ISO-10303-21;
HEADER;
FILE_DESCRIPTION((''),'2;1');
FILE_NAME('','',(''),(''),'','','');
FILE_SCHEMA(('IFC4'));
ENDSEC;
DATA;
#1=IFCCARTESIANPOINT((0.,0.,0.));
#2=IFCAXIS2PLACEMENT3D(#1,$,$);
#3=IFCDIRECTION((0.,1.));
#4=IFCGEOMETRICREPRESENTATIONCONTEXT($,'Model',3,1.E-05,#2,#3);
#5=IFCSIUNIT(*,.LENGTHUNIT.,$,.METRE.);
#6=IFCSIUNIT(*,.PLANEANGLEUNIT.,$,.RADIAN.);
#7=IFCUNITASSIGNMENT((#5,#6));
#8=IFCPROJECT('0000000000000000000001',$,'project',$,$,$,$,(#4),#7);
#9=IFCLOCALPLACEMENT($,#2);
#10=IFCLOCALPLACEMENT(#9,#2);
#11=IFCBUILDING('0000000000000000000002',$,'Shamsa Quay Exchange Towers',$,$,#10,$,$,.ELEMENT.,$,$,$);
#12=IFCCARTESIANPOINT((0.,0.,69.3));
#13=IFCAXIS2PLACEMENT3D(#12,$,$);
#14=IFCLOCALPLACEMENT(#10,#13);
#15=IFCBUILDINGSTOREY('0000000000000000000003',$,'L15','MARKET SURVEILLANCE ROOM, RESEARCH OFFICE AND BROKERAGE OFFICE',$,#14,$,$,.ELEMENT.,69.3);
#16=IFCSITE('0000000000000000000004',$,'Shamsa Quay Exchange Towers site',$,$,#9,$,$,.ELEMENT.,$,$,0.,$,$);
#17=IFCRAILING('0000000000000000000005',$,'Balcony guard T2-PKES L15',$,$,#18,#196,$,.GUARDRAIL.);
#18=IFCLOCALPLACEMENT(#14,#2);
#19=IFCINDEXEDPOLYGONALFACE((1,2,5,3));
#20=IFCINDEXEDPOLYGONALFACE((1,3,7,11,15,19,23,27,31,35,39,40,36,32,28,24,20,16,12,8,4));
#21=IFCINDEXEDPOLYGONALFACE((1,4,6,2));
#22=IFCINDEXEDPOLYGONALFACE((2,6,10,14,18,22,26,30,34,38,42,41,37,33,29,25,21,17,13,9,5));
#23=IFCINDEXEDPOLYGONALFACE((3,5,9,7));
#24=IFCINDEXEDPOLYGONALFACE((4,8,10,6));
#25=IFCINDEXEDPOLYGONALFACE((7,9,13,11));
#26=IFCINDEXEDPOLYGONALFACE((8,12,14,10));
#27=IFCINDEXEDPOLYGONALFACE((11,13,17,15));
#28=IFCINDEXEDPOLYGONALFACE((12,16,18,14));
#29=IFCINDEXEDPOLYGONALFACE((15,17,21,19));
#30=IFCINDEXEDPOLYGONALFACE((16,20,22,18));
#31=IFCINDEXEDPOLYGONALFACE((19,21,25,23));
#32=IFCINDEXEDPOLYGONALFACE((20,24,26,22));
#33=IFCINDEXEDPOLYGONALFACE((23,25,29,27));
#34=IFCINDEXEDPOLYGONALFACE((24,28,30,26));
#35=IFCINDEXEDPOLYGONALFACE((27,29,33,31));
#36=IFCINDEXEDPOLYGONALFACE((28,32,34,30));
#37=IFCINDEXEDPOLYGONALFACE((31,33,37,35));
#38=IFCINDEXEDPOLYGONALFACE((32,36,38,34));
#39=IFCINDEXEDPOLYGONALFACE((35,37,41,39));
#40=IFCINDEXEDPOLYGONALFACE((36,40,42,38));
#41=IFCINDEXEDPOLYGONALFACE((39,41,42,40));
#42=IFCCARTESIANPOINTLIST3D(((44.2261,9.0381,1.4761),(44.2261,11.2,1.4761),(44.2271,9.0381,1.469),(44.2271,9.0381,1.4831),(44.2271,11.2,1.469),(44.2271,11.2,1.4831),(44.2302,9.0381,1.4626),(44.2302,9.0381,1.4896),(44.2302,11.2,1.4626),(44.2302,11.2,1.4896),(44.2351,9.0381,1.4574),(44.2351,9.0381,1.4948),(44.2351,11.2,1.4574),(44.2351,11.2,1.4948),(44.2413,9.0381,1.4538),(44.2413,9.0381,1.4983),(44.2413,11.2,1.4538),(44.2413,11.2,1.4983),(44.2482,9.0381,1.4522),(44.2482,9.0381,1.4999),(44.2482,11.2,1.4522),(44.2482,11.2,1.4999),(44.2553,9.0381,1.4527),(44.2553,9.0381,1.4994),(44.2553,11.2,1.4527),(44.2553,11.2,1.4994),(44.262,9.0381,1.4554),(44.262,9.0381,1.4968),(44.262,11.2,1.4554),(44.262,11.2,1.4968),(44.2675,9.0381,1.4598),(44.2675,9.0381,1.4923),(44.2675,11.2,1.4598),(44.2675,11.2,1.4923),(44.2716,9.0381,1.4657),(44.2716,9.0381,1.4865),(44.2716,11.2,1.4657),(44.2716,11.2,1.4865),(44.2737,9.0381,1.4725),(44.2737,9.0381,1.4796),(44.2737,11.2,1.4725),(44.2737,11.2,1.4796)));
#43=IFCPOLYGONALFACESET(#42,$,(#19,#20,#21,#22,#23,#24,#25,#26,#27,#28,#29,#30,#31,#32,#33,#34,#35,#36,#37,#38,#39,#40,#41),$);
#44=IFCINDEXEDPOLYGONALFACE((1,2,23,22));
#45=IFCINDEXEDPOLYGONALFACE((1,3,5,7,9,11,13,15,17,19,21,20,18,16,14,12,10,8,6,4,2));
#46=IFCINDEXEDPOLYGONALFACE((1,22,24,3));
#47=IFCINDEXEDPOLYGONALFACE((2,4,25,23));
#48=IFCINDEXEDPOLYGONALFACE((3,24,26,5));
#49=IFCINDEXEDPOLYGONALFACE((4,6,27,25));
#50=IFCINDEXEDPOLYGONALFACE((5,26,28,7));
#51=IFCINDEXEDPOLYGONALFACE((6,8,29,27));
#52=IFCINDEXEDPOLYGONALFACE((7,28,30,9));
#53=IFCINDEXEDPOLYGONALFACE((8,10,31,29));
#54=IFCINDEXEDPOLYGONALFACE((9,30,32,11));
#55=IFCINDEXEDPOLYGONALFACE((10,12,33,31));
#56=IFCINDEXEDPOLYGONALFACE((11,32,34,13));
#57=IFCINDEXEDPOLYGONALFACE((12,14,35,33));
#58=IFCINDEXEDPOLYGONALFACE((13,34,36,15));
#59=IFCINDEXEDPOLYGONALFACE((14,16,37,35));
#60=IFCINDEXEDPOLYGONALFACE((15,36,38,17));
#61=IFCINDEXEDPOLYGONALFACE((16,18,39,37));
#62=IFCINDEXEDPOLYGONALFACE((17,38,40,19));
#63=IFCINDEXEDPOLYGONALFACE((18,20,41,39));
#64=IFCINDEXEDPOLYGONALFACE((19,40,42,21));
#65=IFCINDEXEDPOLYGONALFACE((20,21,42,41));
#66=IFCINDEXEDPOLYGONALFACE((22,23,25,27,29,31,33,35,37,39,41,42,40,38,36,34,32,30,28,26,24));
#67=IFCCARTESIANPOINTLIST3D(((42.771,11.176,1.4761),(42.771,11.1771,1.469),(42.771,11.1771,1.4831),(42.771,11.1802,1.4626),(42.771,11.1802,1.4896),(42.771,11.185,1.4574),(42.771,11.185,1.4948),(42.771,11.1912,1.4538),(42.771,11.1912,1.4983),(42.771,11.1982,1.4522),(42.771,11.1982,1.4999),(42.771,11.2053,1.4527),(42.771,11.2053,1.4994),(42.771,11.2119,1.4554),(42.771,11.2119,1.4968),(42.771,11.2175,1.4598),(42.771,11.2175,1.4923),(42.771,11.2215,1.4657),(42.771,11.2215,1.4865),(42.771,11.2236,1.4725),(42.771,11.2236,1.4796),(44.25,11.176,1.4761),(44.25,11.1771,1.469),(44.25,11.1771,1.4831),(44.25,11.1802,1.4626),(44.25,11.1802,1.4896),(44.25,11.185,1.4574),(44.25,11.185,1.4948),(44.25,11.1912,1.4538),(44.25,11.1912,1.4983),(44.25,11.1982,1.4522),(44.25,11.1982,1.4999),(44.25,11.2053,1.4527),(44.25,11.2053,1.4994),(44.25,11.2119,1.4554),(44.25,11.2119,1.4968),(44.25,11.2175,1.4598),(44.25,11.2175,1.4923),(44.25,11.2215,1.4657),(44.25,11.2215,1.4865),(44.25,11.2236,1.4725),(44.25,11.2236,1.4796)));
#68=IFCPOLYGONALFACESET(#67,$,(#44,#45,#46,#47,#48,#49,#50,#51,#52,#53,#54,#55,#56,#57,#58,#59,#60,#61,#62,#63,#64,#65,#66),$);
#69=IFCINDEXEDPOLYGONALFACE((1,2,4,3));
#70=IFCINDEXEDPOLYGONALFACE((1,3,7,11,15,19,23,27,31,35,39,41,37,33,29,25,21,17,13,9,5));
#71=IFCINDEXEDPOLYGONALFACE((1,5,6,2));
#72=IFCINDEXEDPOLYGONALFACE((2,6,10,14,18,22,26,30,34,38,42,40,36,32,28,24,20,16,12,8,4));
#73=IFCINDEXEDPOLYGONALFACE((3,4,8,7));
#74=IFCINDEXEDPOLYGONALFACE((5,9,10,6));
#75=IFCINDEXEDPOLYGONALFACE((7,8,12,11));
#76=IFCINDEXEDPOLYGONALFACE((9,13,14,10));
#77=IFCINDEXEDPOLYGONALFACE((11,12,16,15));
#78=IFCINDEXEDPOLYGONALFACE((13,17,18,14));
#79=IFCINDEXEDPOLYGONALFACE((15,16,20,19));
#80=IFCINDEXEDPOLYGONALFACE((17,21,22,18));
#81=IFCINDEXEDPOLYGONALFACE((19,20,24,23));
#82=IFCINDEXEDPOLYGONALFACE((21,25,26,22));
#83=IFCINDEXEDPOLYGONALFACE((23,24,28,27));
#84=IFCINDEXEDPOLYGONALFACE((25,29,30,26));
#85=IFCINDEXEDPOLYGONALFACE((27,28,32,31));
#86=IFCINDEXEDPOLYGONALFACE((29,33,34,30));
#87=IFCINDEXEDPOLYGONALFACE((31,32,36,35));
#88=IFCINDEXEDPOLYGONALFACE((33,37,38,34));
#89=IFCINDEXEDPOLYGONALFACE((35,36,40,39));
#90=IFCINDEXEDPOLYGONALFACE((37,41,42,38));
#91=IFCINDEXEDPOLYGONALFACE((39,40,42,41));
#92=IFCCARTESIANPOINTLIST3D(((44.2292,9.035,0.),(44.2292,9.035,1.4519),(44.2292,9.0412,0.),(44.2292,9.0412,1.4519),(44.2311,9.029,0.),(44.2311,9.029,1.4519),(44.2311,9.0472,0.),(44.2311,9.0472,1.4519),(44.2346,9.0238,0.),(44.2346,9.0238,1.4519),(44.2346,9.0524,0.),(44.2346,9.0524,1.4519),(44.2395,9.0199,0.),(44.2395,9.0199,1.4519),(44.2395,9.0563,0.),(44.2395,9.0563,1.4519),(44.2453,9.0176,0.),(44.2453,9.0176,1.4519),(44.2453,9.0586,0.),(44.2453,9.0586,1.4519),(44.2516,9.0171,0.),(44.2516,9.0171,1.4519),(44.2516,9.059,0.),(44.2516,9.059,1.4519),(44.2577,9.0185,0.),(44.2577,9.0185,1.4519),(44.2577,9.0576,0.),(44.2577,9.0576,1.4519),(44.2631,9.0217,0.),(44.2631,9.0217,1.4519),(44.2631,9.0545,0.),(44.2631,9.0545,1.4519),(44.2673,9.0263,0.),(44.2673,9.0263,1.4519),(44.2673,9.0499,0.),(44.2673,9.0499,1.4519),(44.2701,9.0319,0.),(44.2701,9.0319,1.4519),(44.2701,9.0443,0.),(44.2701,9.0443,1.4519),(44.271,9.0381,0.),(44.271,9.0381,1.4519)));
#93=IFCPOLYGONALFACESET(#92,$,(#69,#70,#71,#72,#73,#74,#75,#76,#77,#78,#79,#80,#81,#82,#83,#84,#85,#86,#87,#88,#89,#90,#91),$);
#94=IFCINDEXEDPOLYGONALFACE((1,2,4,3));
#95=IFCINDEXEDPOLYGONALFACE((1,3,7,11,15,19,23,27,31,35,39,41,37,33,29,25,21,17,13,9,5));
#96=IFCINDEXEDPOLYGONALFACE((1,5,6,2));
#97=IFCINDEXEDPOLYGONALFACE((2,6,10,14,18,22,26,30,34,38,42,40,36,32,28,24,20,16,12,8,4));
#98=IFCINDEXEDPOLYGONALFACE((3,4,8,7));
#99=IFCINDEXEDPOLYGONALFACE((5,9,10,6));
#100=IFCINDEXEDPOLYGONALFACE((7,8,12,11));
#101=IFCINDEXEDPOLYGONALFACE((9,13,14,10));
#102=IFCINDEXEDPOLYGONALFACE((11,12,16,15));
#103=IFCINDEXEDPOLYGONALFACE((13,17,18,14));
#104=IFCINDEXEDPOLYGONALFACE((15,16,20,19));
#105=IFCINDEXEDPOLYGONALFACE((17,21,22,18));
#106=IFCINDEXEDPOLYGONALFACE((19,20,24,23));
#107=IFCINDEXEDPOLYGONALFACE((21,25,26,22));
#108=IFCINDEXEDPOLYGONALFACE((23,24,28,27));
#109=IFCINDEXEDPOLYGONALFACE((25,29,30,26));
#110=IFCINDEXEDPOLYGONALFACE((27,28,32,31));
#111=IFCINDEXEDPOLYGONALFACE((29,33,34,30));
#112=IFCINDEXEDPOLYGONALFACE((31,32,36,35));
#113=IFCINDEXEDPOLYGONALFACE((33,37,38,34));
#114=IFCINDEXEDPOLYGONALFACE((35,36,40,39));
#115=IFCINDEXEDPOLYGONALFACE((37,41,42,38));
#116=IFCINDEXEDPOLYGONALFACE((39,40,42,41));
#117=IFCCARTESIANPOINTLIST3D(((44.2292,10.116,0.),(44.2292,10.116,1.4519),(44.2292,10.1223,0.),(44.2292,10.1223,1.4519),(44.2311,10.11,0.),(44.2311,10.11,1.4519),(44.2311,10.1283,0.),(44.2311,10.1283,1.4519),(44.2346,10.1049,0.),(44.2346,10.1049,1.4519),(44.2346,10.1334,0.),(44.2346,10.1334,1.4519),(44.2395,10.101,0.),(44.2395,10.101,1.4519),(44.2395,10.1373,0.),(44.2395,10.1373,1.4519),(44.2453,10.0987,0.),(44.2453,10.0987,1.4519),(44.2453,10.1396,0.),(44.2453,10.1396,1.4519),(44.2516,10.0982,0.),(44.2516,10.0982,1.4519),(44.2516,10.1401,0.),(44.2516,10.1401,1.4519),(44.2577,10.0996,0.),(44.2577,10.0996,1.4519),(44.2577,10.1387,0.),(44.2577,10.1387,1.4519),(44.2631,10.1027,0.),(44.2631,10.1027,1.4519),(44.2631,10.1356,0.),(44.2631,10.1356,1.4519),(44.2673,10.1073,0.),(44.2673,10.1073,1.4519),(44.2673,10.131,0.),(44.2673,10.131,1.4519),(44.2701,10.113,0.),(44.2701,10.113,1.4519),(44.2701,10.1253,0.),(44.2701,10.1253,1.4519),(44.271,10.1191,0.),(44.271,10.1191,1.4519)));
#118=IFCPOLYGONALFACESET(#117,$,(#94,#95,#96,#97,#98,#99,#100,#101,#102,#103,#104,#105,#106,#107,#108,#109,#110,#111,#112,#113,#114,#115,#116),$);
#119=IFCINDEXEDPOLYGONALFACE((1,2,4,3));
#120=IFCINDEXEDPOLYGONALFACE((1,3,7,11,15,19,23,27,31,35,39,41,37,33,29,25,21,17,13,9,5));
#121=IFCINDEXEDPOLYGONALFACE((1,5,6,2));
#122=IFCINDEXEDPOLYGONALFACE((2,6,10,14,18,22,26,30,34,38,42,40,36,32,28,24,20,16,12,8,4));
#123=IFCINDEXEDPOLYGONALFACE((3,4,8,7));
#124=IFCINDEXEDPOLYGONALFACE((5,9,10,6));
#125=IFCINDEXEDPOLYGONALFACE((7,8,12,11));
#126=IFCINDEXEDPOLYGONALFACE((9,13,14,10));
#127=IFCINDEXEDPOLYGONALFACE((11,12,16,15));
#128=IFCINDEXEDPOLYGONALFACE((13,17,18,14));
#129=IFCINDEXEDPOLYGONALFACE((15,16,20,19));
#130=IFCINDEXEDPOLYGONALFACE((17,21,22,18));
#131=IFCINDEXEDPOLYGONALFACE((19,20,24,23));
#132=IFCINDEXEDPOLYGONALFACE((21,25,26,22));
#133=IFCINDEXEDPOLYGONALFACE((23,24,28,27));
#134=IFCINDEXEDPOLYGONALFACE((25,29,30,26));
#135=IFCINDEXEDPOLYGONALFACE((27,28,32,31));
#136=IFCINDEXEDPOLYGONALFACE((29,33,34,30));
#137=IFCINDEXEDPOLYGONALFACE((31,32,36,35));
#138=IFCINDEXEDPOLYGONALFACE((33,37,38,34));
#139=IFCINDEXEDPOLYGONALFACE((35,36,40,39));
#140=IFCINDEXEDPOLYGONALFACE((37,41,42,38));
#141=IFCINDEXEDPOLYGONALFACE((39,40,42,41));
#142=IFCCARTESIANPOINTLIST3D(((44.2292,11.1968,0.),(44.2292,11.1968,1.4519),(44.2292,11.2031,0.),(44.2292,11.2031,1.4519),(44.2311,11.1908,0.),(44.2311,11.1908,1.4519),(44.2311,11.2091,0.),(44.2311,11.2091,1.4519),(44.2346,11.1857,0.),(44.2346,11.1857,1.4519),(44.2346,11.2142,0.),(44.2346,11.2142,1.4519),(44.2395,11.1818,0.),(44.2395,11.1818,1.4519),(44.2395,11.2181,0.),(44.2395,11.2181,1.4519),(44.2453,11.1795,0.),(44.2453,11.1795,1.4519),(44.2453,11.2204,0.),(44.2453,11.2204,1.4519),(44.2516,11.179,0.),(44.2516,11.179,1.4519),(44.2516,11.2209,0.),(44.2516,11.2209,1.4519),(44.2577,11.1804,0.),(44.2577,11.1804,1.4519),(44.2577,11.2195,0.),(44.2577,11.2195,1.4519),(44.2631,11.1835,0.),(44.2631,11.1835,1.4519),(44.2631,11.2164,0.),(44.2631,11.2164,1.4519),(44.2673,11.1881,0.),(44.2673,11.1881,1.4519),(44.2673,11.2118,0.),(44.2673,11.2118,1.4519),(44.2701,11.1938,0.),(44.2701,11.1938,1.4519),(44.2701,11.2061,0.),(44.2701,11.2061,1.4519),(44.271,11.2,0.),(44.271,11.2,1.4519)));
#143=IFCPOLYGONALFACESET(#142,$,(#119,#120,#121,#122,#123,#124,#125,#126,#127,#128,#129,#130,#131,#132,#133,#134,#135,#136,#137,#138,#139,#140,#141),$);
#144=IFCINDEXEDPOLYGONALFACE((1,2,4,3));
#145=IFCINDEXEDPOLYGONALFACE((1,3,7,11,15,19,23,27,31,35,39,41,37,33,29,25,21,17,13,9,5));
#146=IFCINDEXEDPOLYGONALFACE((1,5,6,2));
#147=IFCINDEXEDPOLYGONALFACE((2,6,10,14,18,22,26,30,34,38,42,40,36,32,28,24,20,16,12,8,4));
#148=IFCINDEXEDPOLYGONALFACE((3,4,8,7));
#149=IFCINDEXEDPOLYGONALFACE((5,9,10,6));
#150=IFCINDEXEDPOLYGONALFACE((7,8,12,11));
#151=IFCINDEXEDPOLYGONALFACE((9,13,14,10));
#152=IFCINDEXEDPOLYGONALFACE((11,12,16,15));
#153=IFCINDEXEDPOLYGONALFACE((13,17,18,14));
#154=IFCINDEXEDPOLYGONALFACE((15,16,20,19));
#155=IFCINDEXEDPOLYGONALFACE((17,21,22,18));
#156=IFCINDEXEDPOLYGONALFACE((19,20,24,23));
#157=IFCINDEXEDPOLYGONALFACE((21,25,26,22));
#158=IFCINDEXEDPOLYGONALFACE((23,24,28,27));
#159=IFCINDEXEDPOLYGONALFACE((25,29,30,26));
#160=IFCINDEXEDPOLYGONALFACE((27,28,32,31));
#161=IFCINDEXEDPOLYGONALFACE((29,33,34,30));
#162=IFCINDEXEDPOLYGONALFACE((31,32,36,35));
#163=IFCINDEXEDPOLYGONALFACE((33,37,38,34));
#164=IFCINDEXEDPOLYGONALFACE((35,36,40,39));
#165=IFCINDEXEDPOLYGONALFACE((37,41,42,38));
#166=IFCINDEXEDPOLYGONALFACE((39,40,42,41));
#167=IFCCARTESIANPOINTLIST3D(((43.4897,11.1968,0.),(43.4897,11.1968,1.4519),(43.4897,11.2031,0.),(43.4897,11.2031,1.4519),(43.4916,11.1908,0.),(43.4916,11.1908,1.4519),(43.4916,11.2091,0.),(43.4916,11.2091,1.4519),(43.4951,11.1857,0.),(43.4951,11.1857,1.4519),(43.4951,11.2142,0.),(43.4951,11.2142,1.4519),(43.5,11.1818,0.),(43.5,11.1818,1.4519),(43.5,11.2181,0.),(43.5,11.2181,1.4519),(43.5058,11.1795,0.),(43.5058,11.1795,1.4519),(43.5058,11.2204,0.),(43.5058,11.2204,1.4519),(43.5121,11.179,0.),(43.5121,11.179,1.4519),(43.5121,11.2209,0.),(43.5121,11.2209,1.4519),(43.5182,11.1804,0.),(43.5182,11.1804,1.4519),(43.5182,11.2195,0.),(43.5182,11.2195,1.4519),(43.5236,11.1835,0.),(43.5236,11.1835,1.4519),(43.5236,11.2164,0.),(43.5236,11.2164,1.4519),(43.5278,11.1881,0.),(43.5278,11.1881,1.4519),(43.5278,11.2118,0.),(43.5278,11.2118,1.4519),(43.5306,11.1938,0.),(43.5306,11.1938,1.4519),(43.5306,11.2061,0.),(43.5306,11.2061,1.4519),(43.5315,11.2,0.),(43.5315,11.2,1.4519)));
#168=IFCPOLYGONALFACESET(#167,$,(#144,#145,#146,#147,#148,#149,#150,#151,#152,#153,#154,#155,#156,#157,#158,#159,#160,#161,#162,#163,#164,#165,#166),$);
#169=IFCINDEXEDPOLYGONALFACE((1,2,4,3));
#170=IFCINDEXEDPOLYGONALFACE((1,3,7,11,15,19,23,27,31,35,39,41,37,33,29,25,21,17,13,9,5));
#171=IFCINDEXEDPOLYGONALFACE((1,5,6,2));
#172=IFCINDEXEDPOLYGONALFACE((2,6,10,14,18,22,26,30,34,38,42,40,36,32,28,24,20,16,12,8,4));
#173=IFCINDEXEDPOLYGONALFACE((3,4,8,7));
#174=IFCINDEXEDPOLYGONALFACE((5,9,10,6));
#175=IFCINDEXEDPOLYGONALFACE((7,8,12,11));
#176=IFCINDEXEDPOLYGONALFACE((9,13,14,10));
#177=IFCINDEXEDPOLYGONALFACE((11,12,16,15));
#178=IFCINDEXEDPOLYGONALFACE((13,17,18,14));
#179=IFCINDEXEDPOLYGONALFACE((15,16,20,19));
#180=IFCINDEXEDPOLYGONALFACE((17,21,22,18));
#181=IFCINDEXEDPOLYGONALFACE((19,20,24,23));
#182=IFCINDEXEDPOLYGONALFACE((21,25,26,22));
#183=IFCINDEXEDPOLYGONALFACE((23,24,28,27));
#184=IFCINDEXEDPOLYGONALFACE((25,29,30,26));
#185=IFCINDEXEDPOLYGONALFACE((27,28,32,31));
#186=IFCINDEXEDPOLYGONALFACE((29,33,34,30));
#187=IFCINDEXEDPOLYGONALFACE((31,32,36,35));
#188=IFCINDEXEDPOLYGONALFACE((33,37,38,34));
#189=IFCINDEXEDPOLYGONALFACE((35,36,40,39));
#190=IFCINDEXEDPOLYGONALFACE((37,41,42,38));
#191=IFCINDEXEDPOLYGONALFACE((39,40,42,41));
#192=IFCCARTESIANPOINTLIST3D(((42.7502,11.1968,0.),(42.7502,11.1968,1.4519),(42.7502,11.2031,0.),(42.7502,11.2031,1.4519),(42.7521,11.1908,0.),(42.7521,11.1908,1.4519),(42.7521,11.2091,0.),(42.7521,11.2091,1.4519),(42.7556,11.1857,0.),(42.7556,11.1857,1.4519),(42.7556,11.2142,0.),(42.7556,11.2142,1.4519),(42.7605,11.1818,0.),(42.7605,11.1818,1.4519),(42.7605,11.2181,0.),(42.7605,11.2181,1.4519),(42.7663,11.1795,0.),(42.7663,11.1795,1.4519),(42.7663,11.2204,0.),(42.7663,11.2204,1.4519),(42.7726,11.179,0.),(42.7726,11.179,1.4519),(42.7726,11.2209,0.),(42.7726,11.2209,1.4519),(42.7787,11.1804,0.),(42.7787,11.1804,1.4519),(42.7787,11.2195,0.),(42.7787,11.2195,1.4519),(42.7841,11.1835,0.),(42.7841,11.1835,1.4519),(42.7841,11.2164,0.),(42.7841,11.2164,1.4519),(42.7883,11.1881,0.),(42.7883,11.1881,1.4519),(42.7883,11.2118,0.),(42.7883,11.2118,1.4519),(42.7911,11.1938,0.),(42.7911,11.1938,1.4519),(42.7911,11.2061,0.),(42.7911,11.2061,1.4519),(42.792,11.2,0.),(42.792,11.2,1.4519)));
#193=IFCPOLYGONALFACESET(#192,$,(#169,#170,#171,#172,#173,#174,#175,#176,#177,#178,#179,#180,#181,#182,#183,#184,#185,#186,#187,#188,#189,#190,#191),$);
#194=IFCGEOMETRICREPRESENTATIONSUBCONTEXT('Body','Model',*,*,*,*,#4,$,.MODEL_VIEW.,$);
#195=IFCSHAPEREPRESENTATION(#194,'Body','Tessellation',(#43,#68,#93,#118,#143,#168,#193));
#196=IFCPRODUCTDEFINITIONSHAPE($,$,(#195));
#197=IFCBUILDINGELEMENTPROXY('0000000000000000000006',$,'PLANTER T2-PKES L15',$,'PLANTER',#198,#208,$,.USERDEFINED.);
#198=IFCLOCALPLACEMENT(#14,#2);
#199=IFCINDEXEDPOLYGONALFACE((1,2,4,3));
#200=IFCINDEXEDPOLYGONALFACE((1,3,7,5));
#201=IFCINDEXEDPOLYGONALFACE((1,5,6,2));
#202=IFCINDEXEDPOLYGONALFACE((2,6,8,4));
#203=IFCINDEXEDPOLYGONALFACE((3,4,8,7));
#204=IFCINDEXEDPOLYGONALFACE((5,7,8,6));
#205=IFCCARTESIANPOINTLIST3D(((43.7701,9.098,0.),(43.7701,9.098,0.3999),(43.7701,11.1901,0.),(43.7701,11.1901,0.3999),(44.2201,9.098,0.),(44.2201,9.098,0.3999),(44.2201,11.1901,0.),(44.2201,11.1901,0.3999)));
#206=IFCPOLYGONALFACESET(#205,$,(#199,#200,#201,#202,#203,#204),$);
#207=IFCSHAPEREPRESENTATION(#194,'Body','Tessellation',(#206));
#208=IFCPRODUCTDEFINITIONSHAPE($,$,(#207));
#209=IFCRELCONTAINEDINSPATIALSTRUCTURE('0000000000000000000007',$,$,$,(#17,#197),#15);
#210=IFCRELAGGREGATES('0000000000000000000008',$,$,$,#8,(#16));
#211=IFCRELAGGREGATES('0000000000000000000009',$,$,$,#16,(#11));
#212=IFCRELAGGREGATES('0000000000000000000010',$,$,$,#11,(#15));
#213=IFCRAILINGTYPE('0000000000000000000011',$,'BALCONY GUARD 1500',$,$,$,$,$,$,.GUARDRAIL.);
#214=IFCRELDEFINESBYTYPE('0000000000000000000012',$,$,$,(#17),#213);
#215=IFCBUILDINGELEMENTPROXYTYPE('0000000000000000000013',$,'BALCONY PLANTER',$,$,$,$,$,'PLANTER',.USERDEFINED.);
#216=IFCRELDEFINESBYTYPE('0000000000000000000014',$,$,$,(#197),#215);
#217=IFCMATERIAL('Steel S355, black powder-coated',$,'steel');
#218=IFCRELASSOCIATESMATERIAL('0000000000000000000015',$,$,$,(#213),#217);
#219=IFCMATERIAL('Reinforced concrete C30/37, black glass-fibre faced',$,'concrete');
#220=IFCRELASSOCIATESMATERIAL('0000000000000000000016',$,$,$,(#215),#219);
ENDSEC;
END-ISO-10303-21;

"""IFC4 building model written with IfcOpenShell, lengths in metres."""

from ifc_helpers import new_model, si_unit, direction, frame, origin, origin_2d, place, context, subcontext, project, spatial, rectangle, circle, extrude, material, type_object, element, save


model = new_model("IFC4")

# Units and contexts
model_context = context("Model", 3, precision=1e-05, world=origin(), true_north=direction((0.0, 1.0)))
body_context = subcontext(model_context, "Body", "Model", "MODEL_VIEW")
ifc_project = project(units=[si_unit("LENGTHUNIT", "METRE"), si_unit("PLANEANGLEUNIT", "RADIAN")], contexts=[model_context])

# Site, building, storey
site_placement = place(None, origin())
site = spatial("IfcSite", under=ifc_project, at=site_placement, Name="Shamsa Quay Exchange Towers site", CompositionType="ELEMENT", RefElevation=0.0)
building_placement = place(site_placement, origin())
building = spatial("IfcBuilding", under=site, at=building_placement, Name="Shamsa Quay Exchange Towers", CompositionType="ELEMENT")
storey_placement = place(building_placement, frame((0.0, 0.0, 69.3)))
storey = spatial("IfcBuildingStorey", under=building, at=storey_placement, Name="L15", Description="MARKET SURVEILLANCE ROOM, RESEARCH OFFICE AND BROKERAGE OFFICE", CompositionType="ELEMENT", Elevation=69.3)

# Railing
ifc_material_1 = material(Name="Steel S355, black powder-coated", Category="steel")
railing_type = type_object("IfcRailingType", Name="BALCONY GUARD 1500", PredefinedType="GUARDRAIL", material=ifc_material_1)
railing_placement = place(storey_placement, frame((44.25, 9.0381, 0.0)))
element("IfcRailing", 1, at=railing_placement, inside=storey, type_object=railing_type, Name="Balcony guard T2-PKES L15", PredefinedType="GUARDRAIL", context=body_context, shape_type="SweptSolid", body=[
    extrude(circle(Radius=0.0239, at=origin_2d()), frame((0.0, 0.0, 1.4761), z_axis=(0.0, 1.0, 0.0), x_axis=(-1.0, 0.0, 0.0)), (0.0, 0.0, 1.0), 2.1619),
    extrude(circle(Radius=0.0239, at=origin_2d()), frame((0.0, 2.1619, 1.4761), z_axis=(-1.0, 0.0, 0.0), x_axis=(0.0, -1.0, 0.0)), (0.0, 0.0, 1.0), 1.479),
    extrude(circle(Radius=0.021, at=origin_2d()), origin(), (0.0, 0.0, 1.0), 1.4519),
    extrude(circle(Radius=0.021, at=origin_2d()), frame((0.0, 1.0811, 0.0)), (0.0, 0.0, 1.0), 1.4519),
    extrude(circle(Radius=0.021, at=origin_2d()), frame((0.0, 2.1619, 0.0)), (0.0, 0.0, 1.0), 1.4519),
    extrude(circle(Radius=0.021, at=origin_2d()), frame((-0.7395, 2.1619, 0.0)), (0.0, 0.0, 1.0), 1.4519),
    extrude(circle(Radius=0.021, at=origin_2d()), frame((-1.479, 2.1619, 0.0)), (0.0, 0.0, 1.0), 1.4519),
])

# Building element proxy
ifc_material_2 = material(Name="Reinforced concrete C30/37, black glass-fibre faced", Category="concrete")
building_element_proxy_type = type_object("IfcBuildingElementProxyType", Name="BALCONY PLANTER", ElementType="PLANTER", PredefinedType="USERDEFINED", material=ifc_material_2)
proxy_placement = place(storey_placement, frame((43.9951, 10.144, 0.0), z_axis=(0.0, 0.0, 1.0), x_axis=(0.0, 1.0, 0.0)))
element("IfcBuildingElementProxy", 2, at=proxy_placement, inside=storey, type_object=building_element_proxy_type, Name="PLANTER T2-PKES L15", ObjectType="PLANTER", PredefinedType="USERDEFINED", context=body_context, shape_type="SweptSolid", body=[
    extrude(rectangle(XDim=2.092, YDim=0.45, at=origin_2d()), origin(), (0.0, 0.0, 1.0), 0.3999),
])

save(model, "model.ifc")
